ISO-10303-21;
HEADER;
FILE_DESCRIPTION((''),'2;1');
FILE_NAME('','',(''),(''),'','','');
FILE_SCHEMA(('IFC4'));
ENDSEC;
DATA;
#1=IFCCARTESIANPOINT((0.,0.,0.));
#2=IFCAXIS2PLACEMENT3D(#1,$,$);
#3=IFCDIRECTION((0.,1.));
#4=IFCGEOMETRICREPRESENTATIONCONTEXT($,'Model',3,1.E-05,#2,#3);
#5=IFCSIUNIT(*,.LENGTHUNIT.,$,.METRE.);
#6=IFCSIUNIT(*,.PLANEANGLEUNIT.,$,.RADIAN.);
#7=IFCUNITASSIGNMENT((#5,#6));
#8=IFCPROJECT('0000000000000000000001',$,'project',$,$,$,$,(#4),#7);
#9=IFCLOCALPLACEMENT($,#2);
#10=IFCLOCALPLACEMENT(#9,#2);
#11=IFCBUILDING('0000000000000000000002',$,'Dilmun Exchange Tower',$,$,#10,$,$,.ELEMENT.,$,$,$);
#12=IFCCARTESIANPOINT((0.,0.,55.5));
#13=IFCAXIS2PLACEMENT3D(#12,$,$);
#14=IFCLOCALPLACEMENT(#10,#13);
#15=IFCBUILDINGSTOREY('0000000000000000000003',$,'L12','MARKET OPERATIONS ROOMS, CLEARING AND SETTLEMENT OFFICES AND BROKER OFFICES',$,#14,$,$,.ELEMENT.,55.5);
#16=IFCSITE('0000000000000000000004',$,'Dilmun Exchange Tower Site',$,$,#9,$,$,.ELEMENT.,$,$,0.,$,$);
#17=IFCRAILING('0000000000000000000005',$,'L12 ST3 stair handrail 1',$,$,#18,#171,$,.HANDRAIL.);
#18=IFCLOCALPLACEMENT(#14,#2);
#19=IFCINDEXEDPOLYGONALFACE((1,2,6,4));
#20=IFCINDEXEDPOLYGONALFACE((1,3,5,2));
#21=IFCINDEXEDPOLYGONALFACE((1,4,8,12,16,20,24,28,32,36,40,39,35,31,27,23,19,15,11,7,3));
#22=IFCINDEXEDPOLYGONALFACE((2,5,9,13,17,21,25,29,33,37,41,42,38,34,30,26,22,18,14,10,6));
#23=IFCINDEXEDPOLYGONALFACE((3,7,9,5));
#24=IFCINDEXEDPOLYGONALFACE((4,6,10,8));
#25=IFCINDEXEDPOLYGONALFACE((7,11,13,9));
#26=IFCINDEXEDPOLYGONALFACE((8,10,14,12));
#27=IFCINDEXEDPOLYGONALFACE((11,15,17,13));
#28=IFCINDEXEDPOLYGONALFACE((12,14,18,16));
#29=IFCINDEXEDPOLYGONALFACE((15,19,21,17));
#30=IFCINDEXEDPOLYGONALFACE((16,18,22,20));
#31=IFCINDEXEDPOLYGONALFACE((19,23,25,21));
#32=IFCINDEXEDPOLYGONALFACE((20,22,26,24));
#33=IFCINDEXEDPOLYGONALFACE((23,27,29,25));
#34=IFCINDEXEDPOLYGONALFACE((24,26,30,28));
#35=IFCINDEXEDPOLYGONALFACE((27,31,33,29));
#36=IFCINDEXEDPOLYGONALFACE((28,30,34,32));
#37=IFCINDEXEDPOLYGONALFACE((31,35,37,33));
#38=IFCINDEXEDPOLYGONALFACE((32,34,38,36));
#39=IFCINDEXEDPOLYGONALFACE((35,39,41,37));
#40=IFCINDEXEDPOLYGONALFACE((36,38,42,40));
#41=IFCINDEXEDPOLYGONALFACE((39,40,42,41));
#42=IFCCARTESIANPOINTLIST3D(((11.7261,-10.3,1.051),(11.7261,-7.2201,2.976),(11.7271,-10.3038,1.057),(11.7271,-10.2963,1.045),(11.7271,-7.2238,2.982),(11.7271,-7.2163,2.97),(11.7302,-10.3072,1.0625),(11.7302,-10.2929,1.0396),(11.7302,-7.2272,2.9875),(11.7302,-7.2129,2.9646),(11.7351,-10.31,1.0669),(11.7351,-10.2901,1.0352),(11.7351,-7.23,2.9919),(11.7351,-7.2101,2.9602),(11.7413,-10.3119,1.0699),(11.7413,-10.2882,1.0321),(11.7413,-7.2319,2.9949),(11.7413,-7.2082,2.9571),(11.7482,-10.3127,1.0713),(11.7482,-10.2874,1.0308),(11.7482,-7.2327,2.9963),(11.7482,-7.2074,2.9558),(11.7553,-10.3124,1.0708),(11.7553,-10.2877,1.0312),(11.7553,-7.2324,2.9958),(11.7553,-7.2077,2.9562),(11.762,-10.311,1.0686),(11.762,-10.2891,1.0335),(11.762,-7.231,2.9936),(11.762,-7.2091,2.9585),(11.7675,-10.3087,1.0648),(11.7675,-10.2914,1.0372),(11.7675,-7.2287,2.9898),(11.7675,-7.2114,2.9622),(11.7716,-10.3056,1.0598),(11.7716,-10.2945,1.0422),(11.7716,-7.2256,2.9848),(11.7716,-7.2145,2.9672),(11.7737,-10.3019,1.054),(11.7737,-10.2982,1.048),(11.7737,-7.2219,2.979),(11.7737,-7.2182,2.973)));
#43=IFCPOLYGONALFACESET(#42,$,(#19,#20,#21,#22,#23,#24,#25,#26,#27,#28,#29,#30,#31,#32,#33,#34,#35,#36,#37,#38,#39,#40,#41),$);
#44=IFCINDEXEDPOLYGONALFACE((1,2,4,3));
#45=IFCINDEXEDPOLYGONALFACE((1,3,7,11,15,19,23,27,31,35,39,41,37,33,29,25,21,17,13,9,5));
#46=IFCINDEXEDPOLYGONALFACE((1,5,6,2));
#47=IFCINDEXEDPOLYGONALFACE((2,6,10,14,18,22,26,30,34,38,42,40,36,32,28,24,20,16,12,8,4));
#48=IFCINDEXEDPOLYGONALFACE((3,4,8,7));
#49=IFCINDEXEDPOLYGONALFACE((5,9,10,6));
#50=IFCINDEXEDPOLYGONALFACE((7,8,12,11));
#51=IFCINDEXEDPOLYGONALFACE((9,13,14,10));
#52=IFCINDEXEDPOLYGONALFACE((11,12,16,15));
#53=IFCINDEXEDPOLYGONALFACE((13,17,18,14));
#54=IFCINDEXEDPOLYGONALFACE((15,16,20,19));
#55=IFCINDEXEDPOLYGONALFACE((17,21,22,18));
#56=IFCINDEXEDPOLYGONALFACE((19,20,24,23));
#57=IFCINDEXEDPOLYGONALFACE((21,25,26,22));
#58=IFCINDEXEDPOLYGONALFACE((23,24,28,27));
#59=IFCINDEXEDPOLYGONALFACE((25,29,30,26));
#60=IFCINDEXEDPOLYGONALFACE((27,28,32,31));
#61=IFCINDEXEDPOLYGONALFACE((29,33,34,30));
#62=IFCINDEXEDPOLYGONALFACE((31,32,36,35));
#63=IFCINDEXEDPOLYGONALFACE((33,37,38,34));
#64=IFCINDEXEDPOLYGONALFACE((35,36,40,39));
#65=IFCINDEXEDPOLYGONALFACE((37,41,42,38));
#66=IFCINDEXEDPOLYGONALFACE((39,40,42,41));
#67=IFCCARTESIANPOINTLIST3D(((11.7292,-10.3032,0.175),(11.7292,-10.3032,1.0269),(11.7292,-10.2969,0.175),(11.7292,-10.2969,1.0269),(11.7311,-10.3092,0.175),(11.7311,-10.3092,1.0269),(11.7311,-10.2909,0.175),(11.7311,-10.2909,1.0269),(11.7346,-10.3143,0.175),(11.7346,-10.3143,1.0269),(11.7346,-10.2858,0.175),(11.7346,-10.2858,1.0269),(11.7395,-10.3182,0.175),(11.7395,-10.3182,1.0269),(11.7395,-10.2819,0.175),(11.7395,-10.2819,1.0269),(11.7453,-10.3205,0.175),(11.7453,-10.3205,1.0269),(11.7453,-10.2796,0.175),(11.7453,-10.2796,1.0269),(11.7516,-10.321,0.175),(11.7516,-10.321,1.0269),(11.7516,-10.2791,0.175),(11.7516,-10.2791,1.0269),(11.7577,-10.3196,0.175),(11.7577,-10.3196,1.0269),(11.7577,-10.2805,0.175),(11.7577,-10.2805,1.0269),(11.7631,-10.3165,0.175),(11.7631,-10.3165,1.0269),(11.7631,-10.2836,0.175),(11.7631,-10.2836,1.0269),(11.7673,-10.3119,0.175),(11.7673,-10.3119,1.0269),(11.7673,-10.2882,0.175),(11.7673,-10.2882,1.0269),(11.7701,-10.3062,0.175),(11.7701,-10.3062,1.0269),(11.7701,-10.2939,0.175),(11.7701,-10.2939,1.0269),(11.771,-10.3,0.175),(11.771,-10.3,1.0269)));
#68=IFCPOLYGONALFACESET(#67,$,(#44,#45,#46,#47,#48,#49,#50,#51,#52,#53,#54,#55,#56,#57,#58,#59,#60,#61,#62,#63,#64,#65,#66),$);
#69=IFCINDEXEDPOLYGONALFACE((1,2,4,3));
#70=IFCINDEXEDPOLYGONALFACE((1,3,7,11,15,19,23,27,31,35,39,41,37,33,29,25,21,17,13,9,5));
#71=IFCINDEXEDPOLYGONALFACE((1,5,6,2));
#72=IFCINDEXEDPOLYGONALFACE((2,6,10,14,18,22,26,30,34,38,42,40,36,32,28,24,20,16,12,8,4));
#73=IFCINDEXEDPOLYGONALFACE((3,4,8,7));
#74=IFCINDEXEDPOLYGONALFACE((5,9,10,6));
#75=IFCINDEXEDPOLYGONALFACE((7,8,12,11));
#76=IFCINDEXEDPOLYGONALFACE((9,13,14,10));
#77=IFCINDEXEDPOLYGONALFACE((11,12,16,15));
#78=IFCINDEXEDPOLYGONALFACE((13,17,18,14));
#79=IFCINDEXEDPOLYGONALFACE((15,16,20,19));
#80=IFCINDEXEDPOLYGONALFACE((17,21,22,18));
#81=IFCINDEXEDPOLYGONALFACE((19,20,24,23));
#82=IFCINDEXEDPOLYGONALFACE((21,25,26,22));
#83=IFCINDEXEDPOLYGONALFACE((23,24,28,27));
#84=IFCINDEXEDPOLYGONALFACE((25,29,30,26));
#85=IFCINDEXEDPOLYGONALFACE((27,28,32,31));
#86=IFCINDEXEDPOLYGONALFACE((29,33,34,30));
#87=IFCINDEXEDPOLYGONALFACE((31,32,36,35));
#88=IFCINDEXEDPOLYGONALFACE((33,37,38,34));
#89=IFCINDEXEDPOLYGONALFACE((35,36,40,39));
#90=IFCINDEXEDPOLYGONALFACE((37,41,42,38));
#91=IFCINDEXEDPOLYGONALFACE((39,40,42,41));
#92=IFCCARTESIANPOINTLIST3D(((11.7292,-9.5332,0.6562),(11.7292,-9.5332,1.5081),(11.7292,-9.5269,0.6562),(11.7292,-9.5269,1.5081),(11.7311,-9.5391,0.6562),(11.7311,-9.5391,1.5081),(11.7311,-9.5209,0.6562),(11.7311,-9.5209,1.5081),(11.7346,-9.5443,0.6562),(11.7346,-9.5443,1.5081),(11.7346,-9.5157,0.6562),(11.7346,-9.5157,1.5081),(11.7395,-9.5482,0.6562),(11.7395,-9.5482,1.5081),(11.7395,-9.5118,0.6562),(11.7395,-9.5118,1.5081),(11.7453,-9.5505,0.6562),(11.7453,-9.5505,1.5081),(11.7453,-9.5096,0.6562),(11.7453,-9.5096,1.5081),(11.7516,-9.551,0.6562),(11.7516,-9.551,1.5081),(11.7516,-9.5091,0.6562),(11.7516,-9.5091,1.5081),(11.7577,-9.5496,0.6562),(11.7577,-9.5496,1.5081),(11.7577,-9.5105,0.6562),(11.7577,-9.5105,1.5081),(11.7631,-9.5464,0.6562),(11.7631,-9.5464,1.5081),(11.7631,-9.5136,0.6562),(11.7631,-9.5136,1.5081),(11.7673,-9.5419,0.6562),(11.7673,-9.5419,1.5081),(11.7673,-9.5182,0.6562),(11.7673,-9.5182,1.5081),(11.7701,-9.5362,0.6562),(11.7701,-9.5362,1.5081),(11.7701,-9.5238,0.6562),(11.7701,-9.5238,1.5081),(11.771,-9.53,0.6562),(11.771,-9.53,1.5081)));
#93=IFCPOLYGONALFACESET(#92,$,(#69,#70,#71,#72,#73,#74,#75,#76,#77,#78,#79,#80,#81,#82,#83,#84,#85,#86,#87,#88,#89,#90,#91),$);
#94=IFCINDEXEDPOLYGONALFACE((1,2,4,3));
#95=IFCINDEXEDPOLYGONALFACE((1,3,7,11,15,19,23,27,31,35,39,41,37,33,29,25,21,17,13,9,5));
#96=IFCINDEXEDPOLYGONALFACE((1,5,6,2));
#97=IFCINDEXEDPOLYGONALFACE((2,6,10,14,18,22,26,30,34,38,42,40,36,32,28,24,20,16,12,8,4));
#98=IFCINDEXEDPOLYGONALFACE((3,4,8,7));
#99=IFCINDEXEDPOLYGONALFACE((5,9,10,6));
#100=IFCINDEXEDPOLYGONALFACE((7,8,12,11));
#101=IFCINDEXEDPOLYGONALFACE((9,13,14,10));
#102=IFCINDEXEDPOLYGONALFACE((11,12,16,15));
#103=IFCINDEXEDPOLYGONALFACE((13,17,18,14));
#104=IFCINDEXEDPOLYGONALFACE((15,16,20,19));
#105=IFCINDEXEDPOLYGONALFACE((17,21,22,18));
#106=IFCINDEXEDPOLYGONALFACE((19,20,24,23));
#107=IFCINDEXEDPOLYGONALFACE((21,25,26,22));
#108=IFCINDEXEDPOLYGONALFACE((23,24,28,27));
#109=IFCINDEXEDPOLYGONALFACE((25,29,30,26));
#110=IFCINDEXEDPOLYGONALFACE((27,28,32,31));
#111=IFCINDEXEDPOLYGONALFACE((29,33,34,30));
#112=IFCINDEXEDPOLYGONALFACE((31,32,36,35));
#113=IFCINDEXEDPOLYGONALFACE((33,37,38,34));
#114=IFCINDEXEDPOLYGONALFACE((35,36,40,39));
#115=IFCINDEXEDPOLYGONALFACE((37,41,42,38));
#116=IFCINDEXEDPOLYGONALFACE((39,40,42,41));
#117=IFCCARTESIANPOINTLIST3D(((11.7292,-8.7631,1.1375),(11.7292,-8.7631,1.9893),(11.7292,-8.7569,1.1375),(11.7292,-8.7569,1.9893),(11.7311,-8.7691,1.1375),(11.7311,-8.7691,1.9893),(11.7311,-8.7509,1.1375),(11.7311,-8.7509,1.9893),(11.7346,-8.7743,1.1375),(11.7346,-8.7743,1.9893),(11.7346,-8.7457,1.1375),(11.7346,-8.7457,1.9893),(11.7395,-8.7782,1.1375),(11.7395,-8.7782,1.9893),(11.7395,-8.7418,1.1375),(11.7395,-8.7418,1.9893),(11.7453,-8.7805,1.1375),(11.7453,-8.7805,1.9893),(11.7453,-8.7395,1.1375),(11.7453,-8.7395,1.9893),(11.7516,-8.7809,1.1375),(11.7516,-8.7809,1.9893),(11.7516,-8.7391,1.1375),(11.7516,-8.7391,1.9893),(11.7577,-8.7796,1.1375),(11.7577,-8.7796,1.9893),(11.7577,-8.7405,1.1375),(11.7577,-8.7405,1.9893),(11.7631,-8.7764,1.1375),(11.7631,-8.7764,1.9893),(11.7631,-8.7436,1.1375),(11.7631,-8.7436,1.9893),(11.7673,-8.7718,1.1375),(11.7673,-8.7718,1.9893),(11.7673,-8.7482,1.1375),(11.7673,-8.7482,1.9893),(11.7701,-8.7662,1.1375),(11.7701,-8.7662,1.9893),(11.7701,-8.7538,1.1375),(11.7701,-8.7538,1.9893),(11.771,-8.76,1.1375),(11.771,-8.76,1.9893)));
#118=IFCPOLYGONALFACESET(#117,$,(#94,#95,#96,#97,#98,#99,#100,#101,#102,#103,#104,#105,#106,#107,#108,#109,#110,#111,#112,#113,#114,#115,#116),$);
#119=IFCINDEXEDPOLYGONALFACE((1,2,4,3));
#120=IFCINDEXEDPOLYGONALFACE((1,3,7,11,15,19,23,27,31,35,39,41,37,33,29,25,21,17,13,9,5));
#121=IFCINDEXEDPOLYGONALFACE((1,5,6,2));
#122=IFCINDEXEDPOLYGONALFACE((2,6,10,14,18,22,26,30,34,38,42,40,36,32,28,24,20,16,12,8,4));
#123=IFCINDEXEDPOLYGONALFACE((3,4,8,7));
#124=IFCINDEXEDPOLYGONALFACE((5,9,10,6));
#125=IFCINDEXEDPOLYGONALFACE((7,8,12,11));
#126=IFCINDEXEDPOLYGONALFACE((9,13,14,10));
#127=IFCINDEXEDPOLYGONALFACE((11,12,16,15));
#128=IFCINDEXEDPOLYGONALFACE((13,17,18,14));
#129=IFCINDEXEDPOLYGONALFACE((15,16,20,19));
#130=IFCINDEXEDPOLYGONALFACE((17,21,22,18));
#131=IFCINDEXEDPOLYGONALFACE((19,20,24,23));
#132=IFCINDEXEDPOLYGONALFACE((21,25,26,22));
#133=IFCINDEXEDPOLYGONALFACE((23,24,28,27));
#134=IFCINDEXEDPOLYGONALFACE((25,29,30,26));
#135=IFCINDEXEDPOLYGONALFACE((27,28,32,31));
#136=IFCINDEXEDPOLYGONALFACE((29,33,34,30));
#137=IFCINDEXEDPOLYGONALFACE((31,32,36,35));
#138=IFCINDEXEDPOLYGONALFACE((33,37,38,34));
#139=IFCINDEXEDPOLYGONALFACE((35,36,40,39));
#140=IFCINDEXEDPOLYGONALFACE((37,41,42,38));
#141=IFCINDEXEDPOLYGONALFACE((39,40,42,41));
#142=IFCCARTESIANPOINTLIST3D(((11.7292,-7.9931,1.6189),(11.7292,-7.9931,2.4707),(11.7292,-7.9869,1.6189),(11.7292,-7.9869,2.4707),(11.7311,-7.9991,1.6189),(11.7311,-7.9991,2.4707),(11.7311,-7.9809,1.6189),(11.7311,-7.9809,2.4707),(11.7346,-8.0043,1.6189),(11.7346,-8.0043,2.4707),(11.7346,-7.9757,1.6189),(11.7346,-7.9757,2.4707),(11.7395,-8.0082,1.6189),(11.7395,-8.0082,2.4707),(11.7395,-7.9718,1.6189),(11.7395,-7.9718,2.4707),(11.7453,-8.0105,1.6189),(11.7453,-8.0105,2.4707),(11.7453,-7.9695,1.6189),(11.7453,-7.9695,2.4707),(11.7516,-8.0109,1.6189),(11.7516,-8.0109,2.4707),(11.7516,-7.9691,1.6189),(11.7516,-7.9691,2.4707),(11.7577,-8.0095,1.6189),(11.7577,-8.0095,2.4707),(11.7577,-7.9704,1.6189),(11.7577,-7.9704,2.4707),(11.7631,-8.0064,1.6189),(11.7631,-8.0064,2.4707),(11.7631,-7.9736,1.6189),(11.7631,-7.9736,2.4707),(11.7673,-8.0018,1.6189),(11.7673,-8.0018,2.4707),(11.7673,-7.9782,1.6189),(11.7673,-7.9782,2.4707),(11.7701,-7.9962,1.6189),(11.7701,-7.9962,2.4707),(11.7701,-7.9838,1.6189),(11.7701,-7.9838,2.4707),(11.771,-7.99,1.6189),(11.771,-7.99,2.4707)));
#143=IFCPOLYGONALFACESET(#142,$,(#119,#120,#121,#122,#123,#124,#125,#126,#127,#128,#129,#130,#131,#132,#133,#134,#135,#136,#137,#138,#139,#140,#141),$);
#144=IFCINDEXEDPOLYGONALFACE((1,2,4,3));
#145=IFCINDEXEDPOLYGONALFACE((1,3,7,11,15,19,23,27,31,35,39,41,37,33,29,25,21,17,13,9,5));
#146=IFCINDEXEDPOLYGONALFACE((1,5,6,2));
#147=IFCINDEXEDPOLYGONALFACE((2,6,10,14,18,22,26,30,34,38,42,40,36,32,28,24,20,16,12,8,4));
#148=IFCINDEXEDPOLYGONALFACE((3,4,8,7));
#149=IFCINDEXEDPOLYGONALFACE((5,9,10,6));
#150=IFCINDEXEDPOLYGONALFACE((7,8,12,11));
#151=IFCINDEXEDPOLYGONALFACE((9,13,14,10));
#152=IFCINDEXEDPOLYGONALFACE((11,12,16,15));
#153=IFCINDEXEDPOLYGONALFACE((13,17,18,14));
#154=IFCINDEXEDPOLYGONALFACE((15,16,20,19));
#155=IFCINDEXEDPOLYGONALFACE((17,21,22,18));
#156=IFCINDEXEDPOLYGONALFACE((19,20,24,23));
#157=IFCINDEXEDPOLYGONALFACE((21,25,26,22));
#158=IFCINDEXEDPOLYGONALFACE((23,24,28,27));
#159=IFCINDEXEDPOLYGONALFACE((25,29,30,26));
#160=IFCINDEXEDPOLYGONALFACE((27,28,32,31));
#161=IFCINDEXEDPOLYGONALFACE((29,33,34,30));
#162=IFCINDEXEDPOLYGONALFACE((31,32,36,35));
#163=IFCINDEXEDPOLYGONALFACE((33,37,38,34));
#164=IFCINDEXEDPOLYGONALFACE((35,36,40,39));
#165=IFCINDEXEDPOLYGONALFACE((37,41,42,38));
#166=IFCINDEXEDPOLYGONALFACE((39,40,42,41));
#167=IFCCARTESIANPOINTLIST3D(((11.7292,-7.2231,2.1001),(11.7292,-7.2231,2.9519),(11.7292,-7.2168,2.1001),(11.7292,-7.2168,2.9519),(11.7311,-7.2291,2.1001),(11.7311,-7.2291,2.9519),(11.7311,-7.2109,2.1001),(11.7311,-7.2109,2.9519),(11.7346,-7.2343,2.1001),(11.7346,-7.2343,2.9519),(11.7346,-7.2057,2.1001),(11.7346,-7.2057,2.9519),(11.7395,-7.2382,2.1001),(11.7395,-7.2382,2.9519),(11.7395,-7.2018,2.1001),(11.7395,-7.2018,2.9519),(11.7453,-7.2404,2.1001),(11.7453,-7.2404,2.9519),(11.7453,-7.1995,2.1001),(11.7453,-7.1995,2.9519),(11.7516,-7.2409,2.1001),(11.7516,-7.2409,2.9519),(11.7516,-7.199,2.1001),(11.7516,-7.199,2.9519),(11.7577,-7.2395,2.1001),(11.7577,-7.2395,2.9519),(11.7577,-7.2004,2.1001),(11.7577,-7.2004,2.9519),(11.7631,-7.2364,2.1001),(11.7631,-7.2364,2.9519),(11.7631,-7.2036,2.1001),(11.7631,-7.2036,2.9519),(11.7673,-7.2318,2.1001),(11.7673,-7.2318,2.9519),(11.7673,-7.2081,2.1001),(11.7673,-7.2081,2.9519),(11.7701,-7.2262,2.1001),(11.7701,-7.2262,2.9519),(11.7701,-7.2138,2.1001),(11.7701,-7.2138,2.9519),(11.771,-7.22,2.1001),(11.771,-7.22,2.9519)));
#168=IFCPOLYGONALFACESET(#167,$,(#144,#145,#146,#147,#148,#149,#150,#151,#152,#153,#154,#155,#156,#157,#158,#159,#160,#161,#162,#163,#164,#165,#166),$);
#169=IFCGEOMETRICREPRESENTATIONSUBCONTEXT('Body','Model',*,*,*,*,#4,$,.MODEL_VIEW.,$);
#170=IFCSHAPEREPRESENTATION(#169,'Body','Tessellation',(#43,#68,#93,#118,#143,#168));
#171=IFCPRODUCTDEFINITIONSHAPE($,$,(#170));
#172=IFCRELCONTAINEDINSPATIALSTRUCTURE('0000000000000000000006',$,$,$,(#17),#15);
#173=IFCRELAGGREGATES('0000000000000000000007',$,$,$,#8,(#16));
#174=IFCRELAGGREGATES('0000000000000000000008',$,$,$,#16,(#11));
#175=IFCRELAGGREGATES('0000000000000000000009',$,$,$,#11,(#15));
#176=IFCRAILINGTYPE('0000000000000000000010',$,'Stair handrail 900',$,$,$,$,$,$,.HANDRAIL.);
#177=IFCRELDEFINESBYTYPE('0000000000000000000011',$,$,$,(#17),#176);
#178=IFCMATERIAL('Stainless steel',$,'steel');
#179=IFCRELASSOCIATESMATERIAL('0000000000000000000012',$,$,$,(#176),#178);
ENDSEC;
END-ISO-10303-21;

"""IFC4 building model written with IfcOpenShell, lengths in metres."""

from ifc_helpers import new_model, si_unit, direction, frame, origin, origin_2d, place, context, subcontext, project, spatial, circle, extrude, material, type_object, element, save


model = new_model("IFC4")

# Units and contexts
model_context = context("Model", 3, precision=1e-05, world=origin(), true_north=direction((0.0, 1.0)))
body_context = subcontext(model_context, "Body", "Model", "MODEL_VIEW")
ifc_project = project(units=[si_unit("LENGTHUNIT", "METRE"), si_unit("PLANEANGLEUNIT", "RADIAN")], contexts=[model_context])

# Site, building, storey
site_placement = place(None, origin())
site = spatial("IfcSite", under=ifc_project, at=site_placement, Name="Dilmun Exchange Tower Site", CompositionType="ELEMENT", RefElevation=0.0)
building_placement = place(site_placement, origin())
building = spatial("IfcBuilding", under=site, at=building_placement, Name="Dilmun Exchange Tower", CompositionType="ELEMENT")
storey_placement = place(building_placement, frame((0.0, 0.0, 55.5)))
storey = spatial("IfcBuildingStorey", under=building, at=storey_placement, Name="L12", Description="MARKET OPERATIONS ROOMS, CLEARING AND SETTLEMENT OFFICES AND BROKER OFFICES", CompositionType="ELEMENT", Elevation=55.5)

# Railing
ifc_material_1 = material(Name="Stainless steel", Category="steel")
railing_type = type_object("IfcRailingType", Name="Stair handrail 900", PredefinedType="HANDRAIL", material=ifc_material_1)
railing_placement = place(storey_placement, frame((11.75, -10.3, 0.175)))
element("IfcRailing", 1, at=railing_placement, inside=storey, type_object=railing_type, Name="L12 ST3 stair handrail 1", PredefinedType="HANDRAIL", context=body_context, shape_type="SweptSolid", body=[
    extrude(circle(Radius=0.0239, at=origin_2d()), frame((0.0, 0.0, 0.876), z_axis=(0.0, 0.847998, 0.529999), x_axis=(-1.0, 0.0, 0.0)), (0.0, 0.0, 1.0), 3.6321),
    extrude(circle(Radius=0.021, at=origin_2d()), origin(), (0.0, 0.0, 1.0), 0.8518),
    extrude(circle(Radius=0.021, at=origin_2d()), frame((0.0, 0.77, 0.4812)), (0.0, 0.0, 1.0), 0.8518),
    extrude(circle(Radius=0.021, at=origin_2d()), frame((0.0, 1.54, 0.9624)), (0.0, 0.0, 1.0), 0.8518),
    extrude(circle(Radius=0.021, at=origin_2d()), frame((0.0, 2.3101, 1.4438)), (0.0, 0.0, 1.0), 0.8518),
    extrude(circle(Radius=0.021, at=origin_2d()), frame((0.0, 3.0801, 1.925)), (0.0, 0.0, 1.0), 0.8518),
])

save(model, "model.ifc")
